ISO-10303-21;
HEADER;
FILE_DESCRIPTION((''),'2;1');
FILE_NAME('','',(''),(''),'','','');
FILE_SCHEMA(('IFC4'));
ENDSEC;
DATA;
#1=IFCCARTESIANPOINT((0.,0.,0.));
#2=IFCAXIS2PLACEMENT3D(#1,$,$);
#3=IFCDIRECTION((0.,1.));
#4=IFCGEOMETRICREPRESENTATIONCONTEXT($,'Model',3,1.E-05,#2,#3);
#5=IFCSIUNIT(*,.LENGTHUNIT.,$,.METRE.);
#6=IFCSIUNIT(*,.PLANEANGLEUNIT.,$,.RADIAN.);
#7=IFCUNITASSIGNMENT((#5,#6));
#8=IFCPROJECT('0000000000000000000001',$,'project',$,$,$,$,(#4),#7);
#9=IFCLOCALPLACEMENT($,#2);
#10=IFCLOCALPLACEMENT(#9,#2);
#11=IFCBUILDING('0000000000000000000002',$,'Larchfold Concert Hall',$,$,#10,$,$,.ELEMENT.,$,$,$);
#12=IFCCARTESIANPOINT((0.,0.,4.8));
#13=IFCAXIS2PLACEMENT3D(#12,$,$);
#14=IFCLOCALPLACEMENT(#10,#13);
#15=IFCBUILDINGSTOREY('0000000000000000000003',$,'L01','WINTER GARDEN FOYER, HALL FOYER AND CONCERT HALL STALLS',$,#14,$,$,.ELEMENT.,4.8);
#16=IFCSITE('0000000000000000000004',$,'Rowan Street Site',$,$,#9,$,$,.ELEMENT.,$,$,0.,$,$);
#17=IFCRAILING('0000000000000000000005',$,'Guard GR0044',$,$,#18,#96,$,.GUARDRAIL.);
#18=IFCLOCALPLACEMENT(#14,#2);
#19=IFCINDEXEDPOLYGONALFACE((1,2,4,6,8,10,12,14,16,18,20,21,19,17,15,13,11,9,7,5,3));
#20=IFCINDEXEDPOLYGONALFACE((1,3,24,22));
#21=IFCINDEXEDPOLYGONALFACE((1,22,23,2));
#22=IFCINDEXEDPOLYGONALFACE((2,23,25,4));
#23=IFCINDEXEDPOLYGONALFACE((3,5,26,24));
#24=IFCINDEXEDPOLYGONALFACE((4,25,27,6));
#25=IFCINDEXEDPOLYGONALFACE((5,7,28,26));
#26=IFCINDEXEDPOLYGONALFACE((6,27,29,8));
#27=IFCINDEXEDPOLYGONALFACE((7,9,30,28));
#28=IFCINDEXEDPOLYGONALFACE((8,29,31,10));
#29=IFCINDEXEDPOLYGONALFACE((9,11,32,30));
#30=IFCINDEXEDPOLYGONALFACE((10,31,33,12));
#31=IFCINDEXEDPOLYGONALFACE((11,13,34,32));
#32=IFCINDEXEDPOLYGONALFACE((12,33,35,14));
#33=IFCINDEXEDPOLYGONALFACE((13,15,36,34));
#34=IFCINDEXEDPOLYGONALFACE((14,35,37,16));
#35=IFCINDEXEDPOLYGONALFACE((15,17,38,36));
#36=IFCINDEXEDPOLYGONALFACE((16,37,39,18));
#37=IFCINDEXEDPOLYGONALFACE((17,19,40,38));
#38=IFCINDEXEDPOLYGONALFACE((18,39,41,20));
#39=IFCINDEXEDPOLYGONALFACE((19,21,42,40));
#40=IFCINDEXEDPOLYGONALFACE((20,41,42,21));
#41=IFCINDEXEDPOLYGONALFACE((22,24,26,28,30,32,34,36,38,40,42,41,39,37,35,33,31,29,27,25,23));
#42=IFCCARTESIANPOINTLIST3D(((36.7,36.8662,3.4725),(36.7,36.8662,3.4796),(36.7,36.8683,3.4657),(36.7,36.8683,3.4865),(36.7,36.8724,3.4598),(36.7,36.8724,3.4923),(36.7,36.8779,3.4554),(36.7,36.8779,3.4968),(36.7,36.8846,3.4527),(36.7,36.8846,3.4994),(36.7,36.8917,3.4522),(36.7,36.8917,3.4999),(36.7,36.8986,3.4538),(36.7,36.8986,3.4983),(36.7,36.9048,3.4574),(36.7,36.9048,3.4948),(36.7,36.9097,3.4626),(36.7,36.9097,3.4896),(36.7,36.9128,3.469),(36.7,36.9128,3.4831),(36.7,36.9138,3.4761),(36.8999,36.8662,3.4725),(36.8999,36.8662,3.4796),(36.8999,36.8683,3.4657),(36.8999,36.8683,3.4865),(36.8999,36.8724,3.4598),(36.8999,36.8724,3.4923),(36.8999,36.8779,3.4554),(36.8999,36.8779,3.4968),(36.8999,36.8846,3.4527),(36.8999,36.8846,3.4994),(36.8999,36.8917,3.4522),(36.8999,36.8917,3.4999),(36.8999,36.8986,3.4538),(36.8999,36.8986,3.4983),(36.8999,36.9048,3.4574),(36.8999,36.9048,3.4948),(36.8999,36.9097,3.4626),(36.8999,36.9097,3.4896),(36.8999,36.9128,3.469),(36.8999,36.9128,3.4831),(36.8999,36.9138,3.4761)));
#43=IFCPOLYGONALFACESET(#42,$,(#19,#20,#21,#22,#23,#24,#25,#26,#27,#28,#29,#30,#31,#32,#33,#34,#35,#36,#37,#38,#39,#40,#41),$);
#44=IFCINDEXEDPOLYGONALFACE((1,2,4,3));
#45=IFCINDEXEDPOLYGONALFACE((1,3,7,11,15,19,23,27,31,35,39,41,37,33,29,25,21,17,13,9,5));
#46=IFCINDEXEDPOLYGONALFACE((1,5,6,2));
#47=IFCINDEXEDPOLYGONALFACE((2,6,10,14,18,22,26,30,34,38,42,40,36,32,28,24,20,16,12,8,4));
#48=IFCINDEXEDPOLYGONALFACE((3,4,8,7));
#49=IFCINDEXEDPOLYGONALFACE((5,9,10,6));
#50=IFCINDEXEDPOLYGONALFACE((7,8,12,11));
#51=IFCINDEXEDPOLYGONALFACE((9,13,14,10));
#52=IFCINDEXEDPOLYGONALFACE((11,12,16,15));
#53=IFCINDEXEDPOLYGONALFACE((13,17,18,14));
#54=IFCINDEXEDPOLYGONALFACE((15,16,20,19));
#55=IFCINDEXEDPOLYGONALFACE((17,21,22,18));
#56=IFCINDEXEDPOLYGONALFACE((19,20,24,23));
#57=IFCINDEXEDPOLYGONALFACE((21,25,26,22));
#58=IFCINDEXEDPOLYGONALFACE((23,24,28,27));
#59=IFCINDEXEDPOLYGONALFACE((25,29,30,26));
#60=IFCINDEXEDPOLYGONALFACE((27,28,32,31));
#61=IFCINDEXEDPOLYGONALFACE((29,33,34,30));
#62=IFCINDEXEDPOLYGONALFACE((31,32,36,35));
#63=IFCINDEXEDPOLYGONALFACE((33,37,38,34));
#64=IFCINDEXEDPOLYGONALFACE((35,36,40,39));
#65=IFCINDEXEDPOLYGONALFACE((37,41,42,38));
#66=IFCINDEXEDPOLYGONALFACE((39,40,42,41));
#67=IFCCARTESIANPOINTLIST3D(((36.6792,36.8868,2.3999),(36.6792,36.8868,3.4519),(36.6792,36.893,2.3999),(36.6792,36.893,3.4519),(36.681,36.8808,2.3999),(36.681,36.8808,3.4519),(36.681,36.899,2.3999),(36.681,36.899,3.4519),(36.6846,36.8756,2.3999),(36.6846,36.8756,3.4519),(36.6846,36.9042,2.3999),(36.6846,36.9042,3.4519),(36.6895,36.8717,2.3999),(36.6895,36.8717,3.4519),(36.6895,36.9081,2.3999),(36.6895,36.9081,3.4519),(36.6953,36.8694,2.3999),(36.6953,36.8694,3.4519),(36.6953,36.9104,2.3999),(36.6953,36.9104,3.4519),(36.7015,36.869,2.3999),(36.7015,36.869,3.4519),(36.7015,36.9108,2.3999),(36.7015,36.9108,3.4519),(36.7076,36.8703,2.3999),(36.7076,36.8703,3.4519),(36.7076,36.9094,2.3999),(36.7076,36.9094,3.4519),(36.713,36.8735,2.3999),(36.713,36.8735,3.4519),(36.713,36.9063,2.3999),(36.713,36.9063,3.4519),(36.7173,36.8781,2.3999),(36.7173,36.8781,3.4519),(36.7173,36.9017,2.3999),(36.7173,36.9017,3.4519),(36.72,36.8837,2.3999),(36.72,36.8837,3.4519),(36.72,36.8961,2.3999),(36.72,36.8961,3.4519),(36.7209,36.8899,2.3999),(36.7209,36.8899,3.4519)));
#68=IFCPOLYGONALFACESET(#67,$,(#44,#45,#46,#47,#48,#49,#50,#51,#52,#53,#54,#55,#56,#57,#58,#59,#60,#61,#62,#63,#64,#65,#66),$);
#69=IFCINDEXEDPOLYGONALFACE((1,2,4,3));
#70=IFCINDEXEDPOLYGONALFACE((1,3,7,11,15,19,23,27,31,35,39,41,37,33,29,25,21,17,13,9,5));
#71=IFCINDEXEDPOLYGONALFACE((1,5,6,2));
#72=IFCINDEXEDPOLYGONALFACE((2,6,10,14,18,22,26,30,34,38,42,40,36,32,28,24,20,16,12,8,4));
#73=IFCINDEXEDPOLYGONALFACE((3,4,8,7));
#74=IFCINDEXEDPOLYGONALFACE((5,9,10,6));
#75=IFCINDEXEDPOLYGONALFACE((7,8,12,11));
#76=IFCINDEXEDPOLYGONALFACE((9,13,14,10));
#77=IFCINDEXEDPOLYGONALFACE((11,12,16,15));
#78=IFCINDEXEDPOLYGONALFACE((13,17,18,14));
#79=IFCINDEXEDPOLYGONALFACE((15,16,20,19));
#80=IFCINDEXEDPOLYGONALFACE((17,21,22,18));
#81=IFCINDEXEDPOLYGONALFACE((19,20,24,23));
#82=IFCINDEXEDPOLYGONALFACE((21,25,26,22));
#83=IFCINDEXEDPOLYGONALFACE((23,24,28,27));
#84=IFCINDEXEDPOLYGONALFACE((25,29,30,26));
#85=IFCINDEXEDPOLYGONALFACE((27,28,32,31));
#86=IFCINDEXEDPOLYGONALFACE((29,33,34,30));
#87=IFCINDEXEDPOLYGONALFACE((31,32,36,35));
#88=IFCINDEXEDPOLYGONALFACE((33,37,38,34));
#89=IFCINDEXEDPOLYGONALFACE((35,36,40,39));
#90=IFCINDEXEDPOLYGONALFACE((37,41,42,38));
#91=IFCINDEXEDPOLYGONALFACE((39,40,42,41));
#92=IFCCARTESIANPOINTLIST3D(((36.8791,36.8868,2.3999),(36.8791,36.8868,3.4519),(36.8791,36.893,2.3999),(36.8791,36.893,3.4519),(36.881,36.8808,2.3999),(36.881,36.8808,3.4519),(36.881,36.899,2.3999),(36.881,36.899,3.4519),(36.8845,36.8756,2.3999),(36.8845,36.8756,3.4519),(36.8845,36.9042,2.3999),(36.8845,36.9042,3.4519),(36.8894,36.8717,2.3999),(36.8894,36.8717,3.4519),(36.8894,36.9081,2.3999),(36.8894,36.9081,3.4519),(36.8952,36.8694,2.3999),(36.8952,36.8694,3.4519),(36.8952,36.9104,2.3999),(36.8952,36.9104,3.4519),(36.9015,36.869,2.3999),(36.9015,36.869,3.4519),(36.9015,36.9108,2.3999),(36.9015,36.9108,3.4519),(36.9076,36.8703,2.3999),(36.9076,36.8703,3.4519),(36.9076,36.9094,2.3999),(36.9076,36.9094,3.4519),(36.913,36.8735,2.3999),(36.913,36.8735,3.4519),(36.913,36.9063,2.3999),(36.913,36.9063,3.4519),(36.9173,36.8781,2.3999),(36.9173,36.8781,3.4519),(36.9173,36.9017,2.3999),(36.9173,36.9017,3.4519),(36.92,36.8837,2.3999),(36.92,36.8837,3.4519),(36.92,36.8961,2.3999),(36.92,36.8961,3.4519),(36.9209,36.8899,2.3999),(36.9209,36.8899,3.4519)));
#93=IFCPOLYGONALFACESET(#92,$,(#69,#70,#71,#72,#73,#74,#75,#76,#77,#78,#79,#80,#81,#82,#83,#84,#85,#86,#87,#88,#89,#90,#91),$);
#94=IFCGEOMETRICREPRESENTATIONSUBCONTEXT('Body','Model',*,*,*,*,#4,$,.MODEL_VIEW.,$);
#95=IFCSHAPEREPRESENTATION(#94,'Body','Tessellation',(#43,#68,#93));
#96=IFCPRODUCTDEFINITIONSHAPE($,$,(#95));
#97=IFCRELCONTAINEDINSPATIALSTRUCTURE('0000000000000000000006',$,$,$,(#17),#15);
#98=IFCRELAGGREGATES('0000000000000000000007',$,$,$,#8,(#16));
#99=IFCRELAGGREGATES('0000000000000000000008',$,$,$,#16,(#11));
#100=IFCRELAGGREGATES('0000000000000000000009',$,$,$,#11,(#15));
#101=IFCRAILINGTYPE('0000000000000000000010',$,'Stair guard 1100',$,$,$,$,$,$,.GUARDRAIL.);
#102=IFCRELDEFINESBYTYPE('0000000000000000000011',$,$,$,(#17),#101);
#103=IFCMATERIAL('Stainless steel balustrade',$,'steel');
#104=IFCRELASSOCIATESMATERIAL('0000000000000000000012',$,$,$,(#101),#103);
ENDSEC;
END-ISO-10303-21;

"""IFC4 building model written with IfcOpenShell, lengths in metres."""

from ifc_helpers import new_model, si_unit, direction, frame, origin, origin_2d, place, context, subcontext, project, spatial, circle, extrude, material, type_object, element, save


model = new_model("IFC4")

# Units and contexts
model_context = context("Model", 3, precision=1e-05, world=origin(), true_north=direction((0.0, 1.0)))
body_context = subcontext(model_context, "Body", "Model", "MODEL_VIEW")
ifc_project = project(units=[si_unit("LENGTHUNIT", "METRE"), si_unit("PLANEANGLEUNIT", "RADIAN")], contexts=[model_context])

# Site, building, storey
site_placement = place(None, origin())
site = spatial("IfcSite", under=ifc_project, at=site_placement, Name="Rowan Street Site", CompositionType="ELEMENT", RefElevation=0.0)
building_placement = place(site_placement, origin())
building = spatial("IfcBuilding", under=site, at=building_placement, Name="Larchfold Concert Hall", CompositionType="ELEMENT")
storey_placement = place(building_placement, frame((0.0, 0.0, 4.8)))
storey = spatial("IfcBuildingStorey", under=building, at=storey_placement, Name="L01", Description="WINTER GARDEN FOYER, HALL FOYER AND CONCERT HALL STALLS", CompositionType="ELEMENT", Elevation=4.8)

# Railing
ifc_material_1 = material(Name="Stainless steel balustrade", Category="steel")
railing_type_1 = type_object("IfcRailingType", Name="Stair guard 1100", PredefinedType="GUARDRAIL", material=ifc_material_1)
railing_1_placement = place(storey_placement, frame((36.7, 36.8899, 2.3999)))
element("IfcRailing", 1, at=railing_1_placement, inside=storey, type_object=railing_type_1, Name="Guard GR0044", PredefinedType="GUARDRAIL", context=body_context, shape_type="SweptSolid", body=[
    extrude(circle(Radius=0.0239, at=origin_2d()), frame((0.0, 0.0, 1.0762), z_axis=(1.0, 0.0, 0.0), x_axis=(0.0, 1.0, 0.0)), (0.0, 0.0, 1.0), 0.2),
    extrude(circle(Radius=0.021, at=origin_2d()), origin(), (0.0, 0.0, 1.0), 1.052),
    extrude(circle(Radius=0.021, at=origin_2d()), frame((0.2, 0.0, 0.0)), (0.0, 0.0, 1.0), 1.052),
])

save(model, "model.ifc")
